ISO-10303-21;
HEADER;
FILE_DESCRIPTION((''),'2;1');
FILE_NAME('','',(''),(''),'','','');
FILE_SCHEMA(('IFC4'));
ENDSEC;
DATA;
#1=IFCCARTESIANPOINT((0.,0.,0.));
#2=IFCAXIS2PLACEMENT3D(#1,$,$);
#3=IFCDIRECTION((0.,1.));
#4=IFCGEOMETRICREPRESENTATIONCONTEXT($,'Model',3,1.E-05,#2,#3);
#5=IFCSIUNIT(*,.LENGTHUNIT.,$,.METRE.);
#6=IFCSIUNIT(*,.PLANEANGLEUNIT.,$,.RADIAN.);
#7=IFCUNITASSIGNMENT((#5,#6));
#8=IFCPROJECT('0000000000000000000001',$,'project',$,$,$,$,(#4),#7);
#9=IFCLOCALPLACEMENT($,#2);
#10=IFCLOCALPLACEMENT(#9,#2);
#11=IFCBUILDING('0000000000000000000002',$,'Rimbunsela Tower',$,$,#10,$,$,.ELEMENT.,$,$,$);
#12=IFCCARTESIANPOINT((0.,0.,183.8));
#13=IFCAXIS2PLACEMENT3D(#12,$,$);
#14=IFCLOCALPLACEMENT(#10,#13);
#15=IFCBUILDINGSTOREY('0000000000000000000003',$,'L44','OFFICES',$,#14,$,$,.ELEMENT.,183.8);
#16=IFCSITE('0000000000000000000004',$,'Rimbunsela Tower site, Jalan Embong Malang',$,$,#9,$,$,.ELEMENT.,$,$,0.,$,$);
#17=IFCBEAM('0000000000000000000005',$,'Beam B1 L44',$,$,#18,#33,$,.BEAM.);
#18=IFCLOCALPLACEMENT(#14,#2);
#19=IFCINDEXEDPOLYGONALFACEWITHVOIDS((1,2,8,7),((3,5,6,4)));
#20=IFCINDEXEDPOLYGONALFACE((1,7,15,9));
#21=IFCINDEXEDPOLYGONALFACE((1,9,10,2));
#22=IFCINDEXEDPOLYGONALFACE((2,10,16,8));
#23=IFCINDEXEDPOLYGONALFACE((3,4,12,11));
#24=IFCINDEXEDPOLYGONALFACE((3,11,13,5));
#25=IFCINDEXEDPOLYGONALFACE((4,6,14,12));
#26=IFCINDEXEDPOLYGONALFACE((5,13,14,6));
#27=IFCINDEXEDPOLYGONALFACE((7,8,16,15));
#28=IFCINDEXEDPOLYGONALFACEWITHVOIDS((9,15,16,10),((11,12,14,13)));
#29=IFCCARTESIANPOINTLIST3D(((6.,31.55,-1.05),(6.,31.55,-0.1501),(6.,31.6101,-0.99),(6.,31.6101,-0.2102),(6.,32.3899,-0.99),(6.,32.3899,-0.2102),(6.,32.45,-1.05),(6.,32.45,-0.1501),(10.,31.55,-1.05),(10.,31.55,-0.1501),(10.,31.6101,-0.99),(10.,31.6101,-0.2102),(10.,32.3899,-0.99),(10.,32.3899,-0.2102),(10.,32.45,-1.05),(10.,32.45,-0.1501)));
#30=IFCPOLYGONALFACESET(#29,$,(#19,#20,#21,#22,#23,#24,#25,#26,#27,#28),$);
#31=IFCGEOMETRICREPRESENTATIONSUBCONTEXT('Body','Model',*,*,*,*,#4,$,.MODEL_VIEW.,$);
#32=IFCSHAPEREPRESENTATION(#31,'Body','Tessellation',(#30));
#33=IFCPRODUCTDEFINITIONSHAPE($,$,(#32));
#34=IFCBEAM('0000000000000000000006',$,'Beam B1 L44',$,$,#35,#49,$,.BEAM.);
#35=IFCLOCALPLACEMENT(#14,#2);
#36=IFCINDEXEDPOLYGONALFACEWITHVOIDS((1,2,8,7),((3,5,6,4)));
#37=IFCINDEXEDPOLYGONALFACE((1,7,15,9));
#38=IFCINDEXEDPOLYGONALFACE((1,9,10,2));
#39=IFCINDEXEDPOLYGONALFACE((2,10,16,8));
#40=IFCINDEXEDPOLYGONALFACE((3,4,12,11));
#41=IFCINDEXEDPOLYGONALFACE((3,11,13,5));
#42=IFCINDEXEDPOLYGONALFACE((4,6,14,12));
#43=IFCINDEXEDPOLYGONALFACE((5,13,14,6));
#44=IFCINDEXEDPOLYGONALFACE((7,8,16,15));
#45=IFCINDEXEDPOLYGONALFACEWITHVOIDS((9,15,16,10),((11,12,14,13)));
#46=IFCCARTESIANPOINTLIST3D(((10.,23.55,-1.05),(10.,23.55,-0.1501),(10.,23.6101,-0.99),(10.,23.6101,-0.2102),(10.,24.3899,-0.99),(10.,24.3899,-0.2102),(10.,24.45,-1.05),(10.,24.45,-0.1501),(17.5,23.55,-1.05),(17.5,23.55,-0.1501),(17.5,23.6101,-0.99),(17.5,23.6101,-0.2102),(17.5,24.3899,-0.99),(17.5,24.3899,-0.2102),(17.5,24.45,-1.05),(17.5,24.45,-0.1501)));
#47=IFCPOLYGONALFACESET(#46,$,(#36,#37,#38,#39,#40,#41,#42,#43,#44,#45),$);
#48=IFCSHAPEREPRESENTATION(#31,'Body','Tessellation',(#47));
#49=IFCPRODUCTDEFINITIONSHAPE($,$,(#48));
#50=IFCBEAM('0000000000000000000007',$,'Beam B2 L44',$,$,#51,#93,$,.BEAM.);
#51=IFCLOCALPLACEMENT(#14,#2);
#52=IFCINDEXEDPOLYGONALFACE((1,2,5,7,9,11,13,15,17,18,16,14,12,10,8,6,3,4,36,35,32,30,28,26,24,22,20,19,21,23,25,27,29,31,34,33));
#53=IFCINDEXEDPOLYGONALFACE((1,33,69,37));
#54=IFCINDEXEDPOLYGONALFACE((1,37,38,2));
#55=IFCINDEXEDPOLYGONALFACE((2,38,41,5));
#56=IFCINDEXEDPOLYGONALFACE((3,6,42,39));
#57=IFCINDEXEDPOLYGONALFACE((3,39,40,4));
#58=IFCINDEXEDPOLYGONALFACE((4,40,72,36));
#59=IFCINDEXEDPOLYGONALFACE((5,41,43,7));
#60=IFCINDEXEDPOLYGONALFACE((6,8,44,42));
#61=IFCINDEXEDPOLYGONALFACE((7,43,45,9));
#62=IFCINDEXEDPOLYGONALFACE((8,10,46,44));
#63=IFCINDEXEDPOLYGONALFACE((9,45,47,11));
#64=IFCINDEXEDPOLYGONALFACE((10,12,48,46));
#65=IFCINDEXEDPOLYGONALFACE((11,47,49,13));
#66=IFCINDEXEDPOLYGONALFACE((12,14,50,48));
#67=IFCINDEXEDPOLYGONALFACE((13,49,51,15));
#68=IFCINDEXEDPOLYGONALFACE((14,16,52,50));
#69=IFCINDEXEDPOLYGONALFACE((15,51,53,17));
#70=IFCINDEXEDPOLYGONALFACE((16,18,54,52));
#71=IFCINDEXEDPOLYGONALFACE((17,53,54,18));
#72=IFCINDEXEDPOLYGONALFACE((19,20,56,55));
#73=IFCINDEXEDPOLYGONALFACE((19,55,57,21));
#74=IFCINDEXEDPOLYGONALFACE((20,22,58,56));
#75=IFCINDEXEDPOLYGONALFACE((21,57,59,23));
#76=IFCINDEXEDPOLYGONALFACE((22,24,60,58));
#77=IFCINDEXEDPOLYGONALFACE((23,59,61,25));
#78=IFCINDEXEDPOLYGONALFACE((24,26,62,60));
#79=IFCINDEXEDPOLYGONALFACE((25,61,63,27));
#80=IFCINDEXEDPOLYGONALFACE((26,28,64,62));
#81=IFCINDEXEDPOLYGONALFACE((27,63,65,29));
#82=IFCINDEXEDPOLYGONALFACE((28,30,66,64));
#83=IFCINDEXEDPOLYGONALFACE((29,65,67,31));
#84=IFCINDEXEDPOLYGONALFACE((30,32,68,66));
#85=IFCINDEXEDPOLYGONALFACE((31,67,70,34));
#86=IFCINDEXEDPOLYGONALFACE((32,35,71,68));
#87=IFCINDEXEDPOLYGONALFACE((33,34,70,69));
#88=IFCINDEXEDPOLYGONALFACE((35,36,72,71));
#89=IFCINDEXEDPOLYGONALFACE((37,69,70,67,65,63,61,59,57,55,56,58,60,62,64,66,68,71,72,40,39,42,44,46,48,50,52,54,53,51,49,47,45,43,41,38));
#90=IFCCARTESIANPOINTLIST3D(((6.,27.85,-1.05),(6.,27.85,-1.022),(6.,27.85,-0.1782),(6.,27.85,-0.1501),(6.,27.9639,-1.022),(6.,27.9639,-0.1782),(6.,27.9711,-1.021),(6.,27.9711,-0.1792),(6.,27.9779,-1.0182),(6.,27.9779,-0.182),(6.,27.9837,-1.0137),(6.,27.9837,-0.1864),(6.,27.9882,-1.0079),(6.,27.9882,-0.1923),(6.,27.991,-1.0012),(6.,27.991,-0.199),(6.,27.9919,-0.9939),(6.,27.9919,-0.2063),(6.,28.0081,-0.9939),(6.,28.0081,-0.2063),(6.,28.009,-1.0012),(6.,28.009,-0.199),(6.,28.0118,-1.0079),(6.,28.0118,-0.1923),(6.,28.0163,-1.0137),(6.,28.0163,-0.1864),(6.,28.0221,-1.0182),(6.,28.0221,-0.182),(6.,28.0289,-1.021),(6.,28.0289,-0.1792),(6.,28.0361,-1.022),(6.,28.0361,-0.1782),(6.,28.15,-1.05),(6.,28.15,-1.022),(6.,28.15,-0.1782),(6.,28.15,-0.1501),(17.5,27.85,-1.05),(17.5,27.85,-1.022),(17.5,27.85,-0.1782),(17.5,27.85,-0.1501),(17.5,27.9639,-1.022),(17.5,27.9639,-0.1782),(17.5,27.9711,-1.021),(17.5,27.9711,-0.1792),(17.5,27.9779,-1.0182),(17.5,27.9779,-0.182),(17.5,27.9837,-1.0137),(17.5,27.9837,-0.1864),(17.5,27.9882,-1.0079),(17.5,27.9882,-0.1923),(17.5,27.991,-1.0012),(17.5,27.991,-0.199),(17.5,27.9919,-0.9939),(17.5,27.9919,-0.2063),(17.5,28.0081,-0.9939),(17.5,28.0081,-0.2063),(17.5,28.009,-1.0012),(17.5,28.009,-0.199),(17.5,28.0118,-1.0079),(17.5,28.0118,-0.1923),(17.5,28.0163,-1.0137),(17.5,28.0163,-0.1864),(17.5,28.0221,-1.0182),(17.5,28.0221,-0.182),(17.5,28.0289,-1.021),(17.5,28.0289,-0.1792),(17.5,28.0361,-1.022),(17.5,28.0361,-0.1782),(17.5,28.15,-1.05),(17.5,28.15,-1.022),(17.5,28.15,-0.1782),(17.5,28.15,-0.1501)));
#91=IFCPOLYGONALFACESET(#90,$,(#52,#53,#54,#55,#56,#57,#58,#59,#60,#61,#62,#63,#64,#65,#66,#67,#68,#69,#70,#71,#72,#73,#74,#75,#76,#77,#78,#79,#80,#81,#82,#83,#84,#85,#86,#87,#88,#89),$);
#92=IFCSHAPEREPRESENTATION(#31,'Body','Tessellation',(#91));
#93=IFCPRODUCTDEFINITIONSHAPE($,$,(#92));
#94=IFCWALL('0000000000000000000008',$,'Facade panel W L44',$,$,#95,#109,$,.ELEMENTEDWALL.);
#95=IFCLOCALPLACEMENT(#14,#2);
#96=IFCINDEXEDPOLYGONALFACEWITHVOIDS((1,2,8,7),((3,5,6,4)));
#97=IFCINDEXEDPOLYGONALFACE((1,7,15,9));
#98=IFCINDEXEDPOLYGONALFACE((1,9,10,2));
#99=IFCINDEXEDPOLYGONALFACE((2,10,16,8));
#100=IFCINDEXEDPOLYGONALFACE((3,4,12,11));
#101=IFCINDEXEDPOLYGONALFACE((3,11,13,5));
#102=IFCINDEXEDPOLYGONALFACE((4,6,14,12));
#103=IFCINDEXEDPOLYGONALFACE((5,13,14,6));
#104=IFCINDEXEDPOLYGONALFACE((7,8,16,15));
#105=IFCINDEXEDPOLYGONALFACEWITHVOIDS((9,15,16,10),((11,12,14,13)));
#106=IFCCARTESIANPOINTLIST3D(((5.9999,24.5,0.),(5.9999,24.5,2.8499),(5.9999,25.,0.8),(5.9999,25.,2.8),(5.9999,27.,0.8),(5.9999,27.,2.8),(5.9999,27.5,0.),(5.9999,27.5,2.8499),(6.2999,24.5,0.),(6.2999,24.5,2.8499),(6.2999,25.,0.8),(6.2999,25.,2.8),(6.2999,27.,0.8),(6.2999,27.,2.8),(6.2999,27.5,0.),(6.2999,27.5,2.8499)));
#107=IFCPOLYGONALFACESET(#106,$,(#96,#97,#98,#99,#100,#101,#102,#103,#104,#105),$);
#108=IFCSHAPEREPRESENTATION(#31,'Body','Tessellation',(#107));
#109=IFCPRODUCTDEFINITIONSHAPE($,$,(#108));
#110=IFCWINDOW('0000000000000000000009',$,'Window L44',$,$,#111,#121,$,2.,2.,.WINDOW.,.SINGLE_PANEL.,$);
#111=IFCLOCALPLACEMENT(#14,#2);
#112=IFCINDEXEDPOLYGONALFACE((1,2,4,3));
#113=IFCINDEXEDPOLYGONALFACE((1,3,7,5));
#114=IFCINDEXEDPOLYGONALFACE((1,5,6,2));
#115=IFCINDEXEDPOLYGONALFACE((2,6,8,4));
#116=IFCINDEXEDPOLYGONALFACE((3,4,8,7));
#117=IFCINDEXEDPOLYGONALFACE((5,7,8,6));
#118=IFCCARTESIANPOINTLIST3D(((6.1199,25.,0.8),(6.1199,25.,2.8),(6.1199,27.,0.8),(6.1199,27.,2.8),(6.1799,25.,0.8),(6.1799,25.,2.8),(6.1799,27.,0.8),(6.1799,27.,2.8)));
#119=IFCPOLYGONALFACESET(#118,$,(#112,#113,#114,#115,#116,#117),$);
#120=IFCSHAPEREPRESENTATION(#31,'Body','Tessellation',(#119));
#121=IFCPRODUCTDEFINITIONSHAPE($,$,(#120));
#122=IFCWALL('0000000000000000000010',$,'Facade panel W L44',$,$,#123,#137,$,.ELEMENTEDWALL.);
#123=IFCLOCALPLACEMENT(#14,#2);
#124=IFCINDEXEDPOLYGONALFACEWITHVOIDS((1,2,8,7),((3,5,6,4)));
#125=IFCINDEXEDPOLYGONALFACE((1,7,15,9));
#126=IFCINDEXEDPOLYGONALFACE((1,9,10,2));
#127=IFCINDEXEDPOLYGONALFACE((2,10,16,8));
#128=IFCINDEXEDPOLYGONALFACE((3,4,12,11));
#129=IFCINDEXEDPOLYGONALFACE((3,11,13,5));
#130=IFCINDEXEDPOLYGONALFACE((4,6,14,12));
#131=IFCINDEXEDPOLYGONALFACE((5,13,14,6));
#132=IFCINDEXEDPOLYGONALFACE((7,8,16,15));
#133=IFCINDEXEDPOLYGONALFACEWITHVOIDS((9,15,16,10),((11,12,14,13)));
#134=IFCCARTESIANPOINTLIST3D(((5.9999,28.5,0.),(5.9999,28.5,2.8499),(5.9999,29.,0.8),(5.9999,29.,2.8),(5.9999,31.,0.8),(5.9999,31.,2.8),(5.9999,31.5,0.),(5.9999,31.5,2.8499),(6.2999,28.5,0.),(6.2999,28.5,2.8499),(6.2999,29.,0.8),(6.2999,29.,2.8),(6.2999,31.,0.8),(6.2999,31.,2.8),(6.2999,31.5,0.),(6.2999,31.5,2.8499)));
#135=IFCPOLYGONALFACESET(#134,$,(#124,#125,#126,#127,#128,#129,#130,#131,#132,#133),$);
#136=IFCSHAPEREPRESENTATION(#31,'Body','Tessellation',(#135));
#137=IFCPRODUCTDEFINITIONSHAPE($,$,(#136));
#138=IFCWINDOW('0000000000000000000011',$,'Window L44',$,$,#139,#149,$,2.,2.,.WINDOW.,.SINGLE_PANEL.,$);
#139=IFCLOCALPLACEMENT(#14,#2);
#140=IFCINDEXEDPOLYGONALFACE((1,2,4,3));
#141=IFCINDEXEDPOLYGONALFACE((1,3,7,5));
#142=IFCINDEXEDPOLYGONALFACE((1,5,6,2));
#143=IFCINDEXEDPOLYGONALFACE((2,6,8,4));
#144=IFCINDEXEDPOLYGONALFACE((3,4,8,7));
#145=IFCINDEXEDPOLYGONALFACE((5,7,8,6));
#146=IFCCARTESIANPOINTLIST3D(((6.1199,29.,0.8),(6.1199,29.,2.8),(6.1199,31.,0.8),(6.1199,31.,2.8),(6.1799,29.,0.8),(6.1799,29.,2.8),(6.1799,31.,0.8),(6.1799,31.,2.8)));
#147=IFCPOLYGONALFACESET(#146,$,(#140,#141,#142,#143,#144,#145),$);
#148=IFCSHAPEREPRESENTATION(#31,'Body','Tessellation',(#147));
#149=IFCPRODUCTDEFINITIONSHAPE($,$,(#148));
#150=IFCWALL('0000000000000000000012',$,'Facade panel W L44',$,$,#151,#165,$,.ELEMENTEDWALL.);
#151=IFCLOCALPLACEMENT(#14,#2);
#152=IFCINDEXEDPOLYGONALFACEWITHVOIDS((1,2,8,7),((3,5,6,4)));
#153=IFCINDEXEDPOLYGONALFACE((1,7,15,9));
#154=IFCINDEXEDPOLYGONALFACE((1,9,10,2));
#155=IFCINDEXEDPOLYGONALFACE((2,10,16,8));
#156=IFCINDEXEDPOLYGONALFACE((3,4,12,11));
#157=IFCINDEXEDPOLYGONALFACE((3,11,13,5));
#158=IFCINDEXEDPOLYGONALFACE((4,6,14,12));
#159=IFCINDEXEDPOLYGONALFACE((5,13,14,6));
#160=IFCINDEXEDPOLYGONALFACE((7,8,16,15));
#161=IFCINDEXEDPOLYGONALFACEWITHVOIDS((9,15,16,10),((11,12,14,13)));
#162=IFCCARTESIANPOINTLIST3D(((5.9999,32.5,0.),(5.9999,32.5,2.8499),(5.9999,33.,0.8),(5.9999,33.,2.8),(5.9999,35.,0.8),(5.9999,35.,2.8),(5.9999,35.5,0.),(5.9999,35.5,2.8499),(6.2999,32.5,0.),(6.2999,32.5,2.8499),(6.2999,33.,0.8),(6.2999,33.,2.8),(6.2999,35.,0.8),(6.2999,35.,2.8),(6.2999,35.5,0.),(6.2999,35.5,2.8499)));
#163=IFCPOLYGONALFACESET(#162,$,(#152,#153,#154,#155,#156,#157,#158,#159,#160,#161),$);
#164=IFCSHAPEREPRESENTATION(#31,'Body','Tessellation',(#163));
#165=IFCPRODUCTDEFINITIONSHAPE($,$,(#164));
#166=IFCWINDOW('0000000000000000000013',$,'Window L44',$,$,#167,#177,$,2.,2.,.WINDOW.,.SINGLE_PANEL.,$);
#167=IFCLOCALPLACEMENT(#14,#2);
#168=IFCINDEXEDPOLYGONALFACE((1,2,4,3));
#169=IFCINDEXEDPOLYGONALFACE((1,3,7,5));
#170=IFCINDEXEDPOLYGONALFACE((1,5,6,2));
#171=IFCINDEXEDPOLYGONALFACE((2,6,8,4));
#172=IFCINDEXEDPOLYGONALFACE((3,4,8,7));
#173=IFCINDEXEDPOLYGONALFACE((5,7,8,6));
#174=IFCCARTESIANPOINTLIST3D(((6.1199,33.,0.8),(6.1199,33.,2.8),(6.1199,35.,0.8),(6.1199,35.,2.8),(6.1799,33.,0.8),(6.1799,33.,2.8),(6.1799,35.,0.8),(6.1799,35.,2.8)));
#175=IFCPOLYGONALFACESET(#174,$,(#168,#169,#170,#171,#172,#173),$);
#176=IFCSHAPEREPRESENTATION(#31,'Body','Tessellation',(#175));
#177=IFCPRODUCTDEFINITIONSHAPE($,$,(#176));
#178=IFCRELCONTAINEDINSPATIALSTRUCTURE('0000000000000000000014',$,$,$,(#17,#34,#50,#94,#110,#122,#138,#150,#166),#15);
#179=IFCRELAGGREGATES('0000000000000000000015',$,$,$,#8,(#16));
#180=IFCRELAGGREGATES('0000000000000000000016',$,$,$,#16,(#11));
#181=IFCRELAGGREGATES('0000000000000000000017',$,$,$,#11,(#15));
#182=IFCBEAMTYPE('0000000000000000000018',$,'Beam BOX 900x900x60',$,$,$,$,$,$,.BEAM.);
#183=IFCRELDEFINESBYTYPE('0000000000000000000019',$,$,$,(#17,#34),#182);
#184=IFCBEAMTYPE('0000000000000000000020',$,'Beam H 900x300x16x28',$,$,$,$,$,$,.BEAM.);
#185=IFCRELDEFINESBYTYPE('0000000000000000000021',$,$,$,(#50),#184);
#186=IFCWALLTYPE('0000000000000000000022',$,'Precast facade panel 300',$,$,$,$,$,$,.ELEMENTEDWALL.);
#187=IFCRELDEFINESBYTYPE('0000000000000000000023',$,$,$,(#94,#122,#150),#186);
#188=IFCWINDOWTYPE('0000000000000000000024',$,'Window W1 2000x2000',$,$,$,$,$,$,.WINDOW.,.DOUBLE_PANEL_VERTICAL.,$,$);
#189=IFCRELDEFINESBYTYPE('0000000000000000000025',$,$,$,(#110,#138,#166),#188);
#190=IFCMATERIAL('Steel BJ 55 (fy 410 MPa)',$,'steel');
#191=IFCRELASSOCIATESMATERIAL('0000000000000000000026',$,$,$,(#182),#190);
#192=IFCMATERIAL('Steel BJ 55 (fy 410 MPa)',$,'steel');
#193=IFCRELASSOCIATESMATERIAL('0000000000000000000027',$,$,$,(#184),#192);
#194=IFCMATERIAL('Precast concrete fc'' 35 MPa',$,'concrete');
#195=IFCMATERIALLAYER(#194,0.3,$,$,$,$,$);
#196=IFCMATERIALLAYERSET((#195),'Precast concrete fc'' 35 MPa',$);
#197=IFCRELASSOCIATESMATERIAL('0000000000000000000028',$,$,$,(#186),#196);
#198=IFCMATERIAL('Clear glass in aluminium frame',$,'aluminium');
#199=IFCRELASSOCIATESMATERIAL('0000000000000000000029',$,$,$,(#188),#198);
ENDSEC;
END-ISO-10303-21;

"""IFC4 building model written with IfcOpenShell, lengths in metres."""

from ifc_helpers import new_model, si_unit, direction, frame, frame_2d, origin, origin_2d, place, context, subcontext, project, spatial, rectangle, hollow_rectangle, i_section, extrude, material, layer, layer_set, material_profile, profile_set, type_object, element, fill, save


model = new_model("IFC4")

# Units and contexts
model_context = context("Model", 3, precision=1e-05, world=origin(), true_north=direction((0.0, 1.0)))
body_context = subcontext(model_context, "Body", "Model", "MODEL_VIEW")
ifc_project = project(units=[si_unit("LENGTHUNIT", "METRE"), si_unit("PLANEANGLEUNIT", "RADIAN")], contexts=[model_context])

# Site, building, storey
site_placement = place(None, origin())
site = spatial("IfcSite", under=ifc_project, at=site_placement, Name="Rimbunsela Tower site, Jalan Embong Malang", CompositionType="ELEMENT", RefElevation=0.0)
building_placement = place(site_placement, origin())
building = spatial("IfcBuilding", under=site, at=building_placement, Name="Rimbunsela Tower", CompositionType="ELEMENT")
storey_placement = place(building_placement, frame((0.0, 0.0, 183.8)))
storey = spatial("IfcBuildingStorey", under=building, at=storey_placement, Name="L44", Description="OFFICES", CompositionType="ELEMENT", Elevation=183.8)

# Beams
ifc_material_1 = material(Name="Steel BJ 55 (fy 410 MPa)", Category="steel")
ifc_material_profile_1 = material_profile(ifc_material_1, hollow_rectangle(XDim=0.8999, YDim=0.8999, WallThickness=0.0601, at=origin_2d()), Name="BOX 900x900x60")
ifc_profile_set_1 = profile_set([ifc_material_profile_1], Name="Steel BJ 55 (fy 410 MPa)")
beam_type_1 = type_object("IfcBeamType", Name="Beam BOX 900x900x60", PredefinedType="BEAM", material=ifc_profile_set_1)
for number, where, z_axis, x_axis, name in (
    (1, (6.0, 32.0, -0.6001), (1.0, 0.0, 0.0), (0.0, 1.0, 0.0), "Beam B1 L44"),
):
    element("IfcBeam", number, at=place(storey_placement, frame(where, z_axis=z_axis, x_axis=x_axis)), inside=storey, type_object=beam_type_1, Name=name, PredefinedType="BEAM", context=body_context, shape_type="SweptSolid", body=[
        extrude(hollow_rectangle(XDim=0.8999, YDim=0.8999, WallThickness=0.0601, at=origin_2d()), origin(), (0.0, 0.0, 1.0), 4.0),
    ])
beam_1_placement = place(storey_placement, frame((10.0, 24.0, -0.6001), z_axis=(1.0, 0.0, 0.0), x_axis=(0.0, 1.0, 0.0)))
element("IfcBeam", 2, at=beam_1_placement, inside=storey, type_object=beam_type_1, Name="Beam B1 L44", PredefinedType="BEAM", context=body_context, shape_type="SweptSolid", body=[
    extrude(hollow_rectangle(XDim=0.8999, YDim=0.8999, WallThickness=0.0601, at=origin_2d()), origin(), (0.0, 0.0, 1.0), 7.5),
])
ifc_material_2 = material(Name="Steel BJ 55 (fy 410 MPa)", Category="steel")
ifc_material_profile_2 = material_profile(ifc_material_2, i_section(OverallWidth=0.3, OverallDepth=0.8999, WebThickness=0.0161, FlangeThickness=0.0281, FilletRadius=0.0281, at=origin_2d()), Name="H 900x300x16x28")
ifc_profile_set_2 = profile_set([ifc_material_profile_2], Name="Steel BJ 55 (fy 410 MPa)")
beam_type_2 = type_object("IfcBeamType", Name="Beam H 900x300x16x28", PredefinedType="BEAM", material=ifc_profile_set_2)
beam_2_placement = place(storey_placement, frame((6.0, 28.0, -0.6001), z_axis=(1.0, 0.0, 0.0), x_axis=(0.0, 1.0, 0.0)))
element("IfcBeam", 3, at=beam_2_placement, inside=storey, type_object=beam_type_2, Name="Beam B2 L44", PredefinedType="BEAM", context=body_context, shape_type="SweptSolid", body=[
    extrude(i_section(OverallWidth=0.3, OverallDepth=0.8999, WebThickness=0.0161, FlangeThickness=0.0281, FilletRadius=0.0281, at=origin_2d()), origin(), (0.0, 0.0, 1.0), 11.5),
])

# Walls, openings, windows
ifc_material_3 = material(Name="Precast concrete fc' 35 MPa", Category="concrete")
ifc_layer_1 = layer(ifc_material_3, 0.3)
ifc_layer_set_1 = layer_set([ifc_layer_1], Name="Precast concrete fc' 35 MPa")
wall_type = type_object("IfcWallType", Name="Precast facade panel 300", PredefinedType="ELEMENTEDWALL", material=ifc_layer_set_1)
wall_1_placement = place(storey_placement, frame((6.1499, 27.5, 0.0), z_axis=(0.0, 0.0, 1.0), x_axis=(0.0, -1.0, 0.0)))
wall_1 = element("IfcWall", 4, at=wall_1_placement, inside=storey, type_object=wall_type, Name="Facade panel W L44", PredefinedType="ELEMENTEDWALL", context=body_context, shape_type="SweptSolid", body=[
    extrude(rectangle(XDim=3.0, YDim=0.3, at=frame_2d((1.5, 0.0))), origin(), (0.0, 0.0, 1.0), 2.8499),
])
opening_1_placement = place(wall_1_placement, frame((0.5, 0.0, 0.8)))
opening_1 = element("IfcOpeningElement", 5, at=opening_1_placement, cuts=wall_1, PredefinedType="OPENING", context=body_context, shape_type="SweptSolid", body=[
    extrude(rectangle(XDim=2.0, YDim=2.0, at=frame_2d((1.0, 1.0))), frame((0.0, 0.1599, 0.0), z_axis=(0.0, -1.0, 0.0), x_axis=(1.0, 0.0, 0.0)), (0.0, 0.0, 1.0), 0.3201),
])
ifc_material_4 = material(Name="Clear glass in aluminium frame", Category="aluminium")
window_type = type_object("IfcWindowType", Name="Window W1 2000x2000", PartitioningType="DOUBLE_PANEL_VERTICAL", PredefinedType="WINDOW", material=ifc_material_4)
window_1_placement = place(opening_1_placement, origin())
window_1 = element("IfcWindow", 6, at=window_1_placement, inside=storey, type_object=window_type, Name="Window L44", OverallHeight=2.0, OverallWidth=2.0, PartitioningType="SINGLE_PANEL", PredefinedType="WINDOW", context=body_context, shape_type="SweptSolid", body=[
    extrude(rectangle(XDim=2.0, YDim=2.0, at=frame_2d((1.0, 1.0))), frame((0.0, 0.03, 0.0), z_axis=(0.0, -1.0, 0.0), x_axis=(1.0, 0.0, 0.0)), (0.0, 0.0, 1.0), 0.0601),
])
fill(opening_1, window_1)
wall_2_placement = place(storey_placement, frame((6.1499, 31.5, 0.0), z_axis=(0.0, 0.0, 1.0), x_axis=(0.0, -1.0, 0.0)))
wall_2 = element("IfcWall", 7, at=wall_2_placement, inside=storey, type_object=wall_type, Name="Facade panel W L44", PredefinedType="ELEMENTEDWALL", context=body_context, shape_type="SweptSolid", body=[
    extrude(rectangle(XDim=3.0, YDim=0.3, at=frame_2d((1.5, 0.0))), origin(), (0.0, 0.0, 1.0), 2.8499),
])
opening_2_placement = place(wall_2_placement, frame((0.5, 0.0, 0.8)))
opening_2 = element("IfcOpeningElement", 8, at=opening_2_placement, cuts=wall_2, PredefinedType="OPENING", context=body_context, shape_type="SweptSolid", body=[
    extrude(rectangle(XDim=2.0, YDim=2.0, at=frame_2d((1.0, 1.0))), frame((0.0, 0.1599, 0.0), z_axis=(0.0, -1.0, 0.0), x_axis=(1.0, 0.0, 0.0)), (0.0, 0.0, 1.0), 0.3201),
])
window_2_placement = place(opening_2_placement, origin())
window_2 = element("IfcWindow", 9, at=window_2_placement, inside=storey, type_object=window_type, Name="Window L44", OverallHeight=2.0, OverallWidth=2.0, PartitioningType="SINGLE_PANEL", PredefinedType="WINDOW", context=body_context, shape_type="SweptSolid", body=[
    extrude(rectangle(XDim=2.0, YDim=2.0, at=frame_2d((1.0, 1.0))), frame((0.0, 0.03, 0.0), z_axis=(0.0, -1.0, 0.0), x_axis=(1.0, 0.0, 0.0)), (0.0, 0.0, 1.0), 0.0601),
])
fill(opening_2, window_2)
wall_3_placement = place(storey_placement, frame((6.1499, 35.5, 0.0), z_axis=(0.0, 0.0, 1.0), x_axis=(0.0, -1.0, 0.0)))
wall_3 = element("IfcWall", 10, at=wall_3_placement, inside=storey, type_object=wall_type, Name="Facade panel W L44", PredefinedType="ELEMENTEDWALL", context=body_context, shape_type="SweptSolid", body=[
    extrude(rectangle(XDim=3.0, YDim=0.3, at=frame_2d((1.5, 0.0))), origin(), (0.0, 0.0, 1.0), 2.8499),
])
opening_3_placement = place(wall_3_placement, frame((0.5, 0.0, 0.8)))
opening_3 = element("IfcOpeningElement", 11, at=opening_3_placement, cuts=wall_3, PredefinedType="OPENING", context=body_context, shape_type="SweptSolid", body=[
    extrude(rectangle(XDim=2.0, YDim=2.0, at=frame_2d((1.0, 1.0))), frame((0.0, 0.1599, 0.0), z_axis=(0.0, -1.0, 0.0), x_axis=(1.0, 0.0, 0.0)), (0.0, 0.0, 1.0), 0.3201),
])
window_3_placement = place(opening_3_placement, origin())
window_3 = element("IfcWindow", 12, at=window_3_placement, inside=storey, type_object=window_type, Name="Window L44", OverallHeight=2.0, OverallWidth=2.0, PartitioningType="SINGLE_PANEL", PredefinedType="WINDOW", context=body_context, shape_type="SweptSolid", body=[
    extrude(rectangle(XDim=2.0, YDim=2.0, at=frame_2d((1.0, 1.0))), frame((0.0, 0.03, 0.0), z_axis=(0.0, -1.0, 0.0), x_axis=(1.0, 0.0, 0.0)), (0.0, 0.0, 1.0), 0.0601),
])
fill(opening_3, window_3)

save(model, "model.ifc")
